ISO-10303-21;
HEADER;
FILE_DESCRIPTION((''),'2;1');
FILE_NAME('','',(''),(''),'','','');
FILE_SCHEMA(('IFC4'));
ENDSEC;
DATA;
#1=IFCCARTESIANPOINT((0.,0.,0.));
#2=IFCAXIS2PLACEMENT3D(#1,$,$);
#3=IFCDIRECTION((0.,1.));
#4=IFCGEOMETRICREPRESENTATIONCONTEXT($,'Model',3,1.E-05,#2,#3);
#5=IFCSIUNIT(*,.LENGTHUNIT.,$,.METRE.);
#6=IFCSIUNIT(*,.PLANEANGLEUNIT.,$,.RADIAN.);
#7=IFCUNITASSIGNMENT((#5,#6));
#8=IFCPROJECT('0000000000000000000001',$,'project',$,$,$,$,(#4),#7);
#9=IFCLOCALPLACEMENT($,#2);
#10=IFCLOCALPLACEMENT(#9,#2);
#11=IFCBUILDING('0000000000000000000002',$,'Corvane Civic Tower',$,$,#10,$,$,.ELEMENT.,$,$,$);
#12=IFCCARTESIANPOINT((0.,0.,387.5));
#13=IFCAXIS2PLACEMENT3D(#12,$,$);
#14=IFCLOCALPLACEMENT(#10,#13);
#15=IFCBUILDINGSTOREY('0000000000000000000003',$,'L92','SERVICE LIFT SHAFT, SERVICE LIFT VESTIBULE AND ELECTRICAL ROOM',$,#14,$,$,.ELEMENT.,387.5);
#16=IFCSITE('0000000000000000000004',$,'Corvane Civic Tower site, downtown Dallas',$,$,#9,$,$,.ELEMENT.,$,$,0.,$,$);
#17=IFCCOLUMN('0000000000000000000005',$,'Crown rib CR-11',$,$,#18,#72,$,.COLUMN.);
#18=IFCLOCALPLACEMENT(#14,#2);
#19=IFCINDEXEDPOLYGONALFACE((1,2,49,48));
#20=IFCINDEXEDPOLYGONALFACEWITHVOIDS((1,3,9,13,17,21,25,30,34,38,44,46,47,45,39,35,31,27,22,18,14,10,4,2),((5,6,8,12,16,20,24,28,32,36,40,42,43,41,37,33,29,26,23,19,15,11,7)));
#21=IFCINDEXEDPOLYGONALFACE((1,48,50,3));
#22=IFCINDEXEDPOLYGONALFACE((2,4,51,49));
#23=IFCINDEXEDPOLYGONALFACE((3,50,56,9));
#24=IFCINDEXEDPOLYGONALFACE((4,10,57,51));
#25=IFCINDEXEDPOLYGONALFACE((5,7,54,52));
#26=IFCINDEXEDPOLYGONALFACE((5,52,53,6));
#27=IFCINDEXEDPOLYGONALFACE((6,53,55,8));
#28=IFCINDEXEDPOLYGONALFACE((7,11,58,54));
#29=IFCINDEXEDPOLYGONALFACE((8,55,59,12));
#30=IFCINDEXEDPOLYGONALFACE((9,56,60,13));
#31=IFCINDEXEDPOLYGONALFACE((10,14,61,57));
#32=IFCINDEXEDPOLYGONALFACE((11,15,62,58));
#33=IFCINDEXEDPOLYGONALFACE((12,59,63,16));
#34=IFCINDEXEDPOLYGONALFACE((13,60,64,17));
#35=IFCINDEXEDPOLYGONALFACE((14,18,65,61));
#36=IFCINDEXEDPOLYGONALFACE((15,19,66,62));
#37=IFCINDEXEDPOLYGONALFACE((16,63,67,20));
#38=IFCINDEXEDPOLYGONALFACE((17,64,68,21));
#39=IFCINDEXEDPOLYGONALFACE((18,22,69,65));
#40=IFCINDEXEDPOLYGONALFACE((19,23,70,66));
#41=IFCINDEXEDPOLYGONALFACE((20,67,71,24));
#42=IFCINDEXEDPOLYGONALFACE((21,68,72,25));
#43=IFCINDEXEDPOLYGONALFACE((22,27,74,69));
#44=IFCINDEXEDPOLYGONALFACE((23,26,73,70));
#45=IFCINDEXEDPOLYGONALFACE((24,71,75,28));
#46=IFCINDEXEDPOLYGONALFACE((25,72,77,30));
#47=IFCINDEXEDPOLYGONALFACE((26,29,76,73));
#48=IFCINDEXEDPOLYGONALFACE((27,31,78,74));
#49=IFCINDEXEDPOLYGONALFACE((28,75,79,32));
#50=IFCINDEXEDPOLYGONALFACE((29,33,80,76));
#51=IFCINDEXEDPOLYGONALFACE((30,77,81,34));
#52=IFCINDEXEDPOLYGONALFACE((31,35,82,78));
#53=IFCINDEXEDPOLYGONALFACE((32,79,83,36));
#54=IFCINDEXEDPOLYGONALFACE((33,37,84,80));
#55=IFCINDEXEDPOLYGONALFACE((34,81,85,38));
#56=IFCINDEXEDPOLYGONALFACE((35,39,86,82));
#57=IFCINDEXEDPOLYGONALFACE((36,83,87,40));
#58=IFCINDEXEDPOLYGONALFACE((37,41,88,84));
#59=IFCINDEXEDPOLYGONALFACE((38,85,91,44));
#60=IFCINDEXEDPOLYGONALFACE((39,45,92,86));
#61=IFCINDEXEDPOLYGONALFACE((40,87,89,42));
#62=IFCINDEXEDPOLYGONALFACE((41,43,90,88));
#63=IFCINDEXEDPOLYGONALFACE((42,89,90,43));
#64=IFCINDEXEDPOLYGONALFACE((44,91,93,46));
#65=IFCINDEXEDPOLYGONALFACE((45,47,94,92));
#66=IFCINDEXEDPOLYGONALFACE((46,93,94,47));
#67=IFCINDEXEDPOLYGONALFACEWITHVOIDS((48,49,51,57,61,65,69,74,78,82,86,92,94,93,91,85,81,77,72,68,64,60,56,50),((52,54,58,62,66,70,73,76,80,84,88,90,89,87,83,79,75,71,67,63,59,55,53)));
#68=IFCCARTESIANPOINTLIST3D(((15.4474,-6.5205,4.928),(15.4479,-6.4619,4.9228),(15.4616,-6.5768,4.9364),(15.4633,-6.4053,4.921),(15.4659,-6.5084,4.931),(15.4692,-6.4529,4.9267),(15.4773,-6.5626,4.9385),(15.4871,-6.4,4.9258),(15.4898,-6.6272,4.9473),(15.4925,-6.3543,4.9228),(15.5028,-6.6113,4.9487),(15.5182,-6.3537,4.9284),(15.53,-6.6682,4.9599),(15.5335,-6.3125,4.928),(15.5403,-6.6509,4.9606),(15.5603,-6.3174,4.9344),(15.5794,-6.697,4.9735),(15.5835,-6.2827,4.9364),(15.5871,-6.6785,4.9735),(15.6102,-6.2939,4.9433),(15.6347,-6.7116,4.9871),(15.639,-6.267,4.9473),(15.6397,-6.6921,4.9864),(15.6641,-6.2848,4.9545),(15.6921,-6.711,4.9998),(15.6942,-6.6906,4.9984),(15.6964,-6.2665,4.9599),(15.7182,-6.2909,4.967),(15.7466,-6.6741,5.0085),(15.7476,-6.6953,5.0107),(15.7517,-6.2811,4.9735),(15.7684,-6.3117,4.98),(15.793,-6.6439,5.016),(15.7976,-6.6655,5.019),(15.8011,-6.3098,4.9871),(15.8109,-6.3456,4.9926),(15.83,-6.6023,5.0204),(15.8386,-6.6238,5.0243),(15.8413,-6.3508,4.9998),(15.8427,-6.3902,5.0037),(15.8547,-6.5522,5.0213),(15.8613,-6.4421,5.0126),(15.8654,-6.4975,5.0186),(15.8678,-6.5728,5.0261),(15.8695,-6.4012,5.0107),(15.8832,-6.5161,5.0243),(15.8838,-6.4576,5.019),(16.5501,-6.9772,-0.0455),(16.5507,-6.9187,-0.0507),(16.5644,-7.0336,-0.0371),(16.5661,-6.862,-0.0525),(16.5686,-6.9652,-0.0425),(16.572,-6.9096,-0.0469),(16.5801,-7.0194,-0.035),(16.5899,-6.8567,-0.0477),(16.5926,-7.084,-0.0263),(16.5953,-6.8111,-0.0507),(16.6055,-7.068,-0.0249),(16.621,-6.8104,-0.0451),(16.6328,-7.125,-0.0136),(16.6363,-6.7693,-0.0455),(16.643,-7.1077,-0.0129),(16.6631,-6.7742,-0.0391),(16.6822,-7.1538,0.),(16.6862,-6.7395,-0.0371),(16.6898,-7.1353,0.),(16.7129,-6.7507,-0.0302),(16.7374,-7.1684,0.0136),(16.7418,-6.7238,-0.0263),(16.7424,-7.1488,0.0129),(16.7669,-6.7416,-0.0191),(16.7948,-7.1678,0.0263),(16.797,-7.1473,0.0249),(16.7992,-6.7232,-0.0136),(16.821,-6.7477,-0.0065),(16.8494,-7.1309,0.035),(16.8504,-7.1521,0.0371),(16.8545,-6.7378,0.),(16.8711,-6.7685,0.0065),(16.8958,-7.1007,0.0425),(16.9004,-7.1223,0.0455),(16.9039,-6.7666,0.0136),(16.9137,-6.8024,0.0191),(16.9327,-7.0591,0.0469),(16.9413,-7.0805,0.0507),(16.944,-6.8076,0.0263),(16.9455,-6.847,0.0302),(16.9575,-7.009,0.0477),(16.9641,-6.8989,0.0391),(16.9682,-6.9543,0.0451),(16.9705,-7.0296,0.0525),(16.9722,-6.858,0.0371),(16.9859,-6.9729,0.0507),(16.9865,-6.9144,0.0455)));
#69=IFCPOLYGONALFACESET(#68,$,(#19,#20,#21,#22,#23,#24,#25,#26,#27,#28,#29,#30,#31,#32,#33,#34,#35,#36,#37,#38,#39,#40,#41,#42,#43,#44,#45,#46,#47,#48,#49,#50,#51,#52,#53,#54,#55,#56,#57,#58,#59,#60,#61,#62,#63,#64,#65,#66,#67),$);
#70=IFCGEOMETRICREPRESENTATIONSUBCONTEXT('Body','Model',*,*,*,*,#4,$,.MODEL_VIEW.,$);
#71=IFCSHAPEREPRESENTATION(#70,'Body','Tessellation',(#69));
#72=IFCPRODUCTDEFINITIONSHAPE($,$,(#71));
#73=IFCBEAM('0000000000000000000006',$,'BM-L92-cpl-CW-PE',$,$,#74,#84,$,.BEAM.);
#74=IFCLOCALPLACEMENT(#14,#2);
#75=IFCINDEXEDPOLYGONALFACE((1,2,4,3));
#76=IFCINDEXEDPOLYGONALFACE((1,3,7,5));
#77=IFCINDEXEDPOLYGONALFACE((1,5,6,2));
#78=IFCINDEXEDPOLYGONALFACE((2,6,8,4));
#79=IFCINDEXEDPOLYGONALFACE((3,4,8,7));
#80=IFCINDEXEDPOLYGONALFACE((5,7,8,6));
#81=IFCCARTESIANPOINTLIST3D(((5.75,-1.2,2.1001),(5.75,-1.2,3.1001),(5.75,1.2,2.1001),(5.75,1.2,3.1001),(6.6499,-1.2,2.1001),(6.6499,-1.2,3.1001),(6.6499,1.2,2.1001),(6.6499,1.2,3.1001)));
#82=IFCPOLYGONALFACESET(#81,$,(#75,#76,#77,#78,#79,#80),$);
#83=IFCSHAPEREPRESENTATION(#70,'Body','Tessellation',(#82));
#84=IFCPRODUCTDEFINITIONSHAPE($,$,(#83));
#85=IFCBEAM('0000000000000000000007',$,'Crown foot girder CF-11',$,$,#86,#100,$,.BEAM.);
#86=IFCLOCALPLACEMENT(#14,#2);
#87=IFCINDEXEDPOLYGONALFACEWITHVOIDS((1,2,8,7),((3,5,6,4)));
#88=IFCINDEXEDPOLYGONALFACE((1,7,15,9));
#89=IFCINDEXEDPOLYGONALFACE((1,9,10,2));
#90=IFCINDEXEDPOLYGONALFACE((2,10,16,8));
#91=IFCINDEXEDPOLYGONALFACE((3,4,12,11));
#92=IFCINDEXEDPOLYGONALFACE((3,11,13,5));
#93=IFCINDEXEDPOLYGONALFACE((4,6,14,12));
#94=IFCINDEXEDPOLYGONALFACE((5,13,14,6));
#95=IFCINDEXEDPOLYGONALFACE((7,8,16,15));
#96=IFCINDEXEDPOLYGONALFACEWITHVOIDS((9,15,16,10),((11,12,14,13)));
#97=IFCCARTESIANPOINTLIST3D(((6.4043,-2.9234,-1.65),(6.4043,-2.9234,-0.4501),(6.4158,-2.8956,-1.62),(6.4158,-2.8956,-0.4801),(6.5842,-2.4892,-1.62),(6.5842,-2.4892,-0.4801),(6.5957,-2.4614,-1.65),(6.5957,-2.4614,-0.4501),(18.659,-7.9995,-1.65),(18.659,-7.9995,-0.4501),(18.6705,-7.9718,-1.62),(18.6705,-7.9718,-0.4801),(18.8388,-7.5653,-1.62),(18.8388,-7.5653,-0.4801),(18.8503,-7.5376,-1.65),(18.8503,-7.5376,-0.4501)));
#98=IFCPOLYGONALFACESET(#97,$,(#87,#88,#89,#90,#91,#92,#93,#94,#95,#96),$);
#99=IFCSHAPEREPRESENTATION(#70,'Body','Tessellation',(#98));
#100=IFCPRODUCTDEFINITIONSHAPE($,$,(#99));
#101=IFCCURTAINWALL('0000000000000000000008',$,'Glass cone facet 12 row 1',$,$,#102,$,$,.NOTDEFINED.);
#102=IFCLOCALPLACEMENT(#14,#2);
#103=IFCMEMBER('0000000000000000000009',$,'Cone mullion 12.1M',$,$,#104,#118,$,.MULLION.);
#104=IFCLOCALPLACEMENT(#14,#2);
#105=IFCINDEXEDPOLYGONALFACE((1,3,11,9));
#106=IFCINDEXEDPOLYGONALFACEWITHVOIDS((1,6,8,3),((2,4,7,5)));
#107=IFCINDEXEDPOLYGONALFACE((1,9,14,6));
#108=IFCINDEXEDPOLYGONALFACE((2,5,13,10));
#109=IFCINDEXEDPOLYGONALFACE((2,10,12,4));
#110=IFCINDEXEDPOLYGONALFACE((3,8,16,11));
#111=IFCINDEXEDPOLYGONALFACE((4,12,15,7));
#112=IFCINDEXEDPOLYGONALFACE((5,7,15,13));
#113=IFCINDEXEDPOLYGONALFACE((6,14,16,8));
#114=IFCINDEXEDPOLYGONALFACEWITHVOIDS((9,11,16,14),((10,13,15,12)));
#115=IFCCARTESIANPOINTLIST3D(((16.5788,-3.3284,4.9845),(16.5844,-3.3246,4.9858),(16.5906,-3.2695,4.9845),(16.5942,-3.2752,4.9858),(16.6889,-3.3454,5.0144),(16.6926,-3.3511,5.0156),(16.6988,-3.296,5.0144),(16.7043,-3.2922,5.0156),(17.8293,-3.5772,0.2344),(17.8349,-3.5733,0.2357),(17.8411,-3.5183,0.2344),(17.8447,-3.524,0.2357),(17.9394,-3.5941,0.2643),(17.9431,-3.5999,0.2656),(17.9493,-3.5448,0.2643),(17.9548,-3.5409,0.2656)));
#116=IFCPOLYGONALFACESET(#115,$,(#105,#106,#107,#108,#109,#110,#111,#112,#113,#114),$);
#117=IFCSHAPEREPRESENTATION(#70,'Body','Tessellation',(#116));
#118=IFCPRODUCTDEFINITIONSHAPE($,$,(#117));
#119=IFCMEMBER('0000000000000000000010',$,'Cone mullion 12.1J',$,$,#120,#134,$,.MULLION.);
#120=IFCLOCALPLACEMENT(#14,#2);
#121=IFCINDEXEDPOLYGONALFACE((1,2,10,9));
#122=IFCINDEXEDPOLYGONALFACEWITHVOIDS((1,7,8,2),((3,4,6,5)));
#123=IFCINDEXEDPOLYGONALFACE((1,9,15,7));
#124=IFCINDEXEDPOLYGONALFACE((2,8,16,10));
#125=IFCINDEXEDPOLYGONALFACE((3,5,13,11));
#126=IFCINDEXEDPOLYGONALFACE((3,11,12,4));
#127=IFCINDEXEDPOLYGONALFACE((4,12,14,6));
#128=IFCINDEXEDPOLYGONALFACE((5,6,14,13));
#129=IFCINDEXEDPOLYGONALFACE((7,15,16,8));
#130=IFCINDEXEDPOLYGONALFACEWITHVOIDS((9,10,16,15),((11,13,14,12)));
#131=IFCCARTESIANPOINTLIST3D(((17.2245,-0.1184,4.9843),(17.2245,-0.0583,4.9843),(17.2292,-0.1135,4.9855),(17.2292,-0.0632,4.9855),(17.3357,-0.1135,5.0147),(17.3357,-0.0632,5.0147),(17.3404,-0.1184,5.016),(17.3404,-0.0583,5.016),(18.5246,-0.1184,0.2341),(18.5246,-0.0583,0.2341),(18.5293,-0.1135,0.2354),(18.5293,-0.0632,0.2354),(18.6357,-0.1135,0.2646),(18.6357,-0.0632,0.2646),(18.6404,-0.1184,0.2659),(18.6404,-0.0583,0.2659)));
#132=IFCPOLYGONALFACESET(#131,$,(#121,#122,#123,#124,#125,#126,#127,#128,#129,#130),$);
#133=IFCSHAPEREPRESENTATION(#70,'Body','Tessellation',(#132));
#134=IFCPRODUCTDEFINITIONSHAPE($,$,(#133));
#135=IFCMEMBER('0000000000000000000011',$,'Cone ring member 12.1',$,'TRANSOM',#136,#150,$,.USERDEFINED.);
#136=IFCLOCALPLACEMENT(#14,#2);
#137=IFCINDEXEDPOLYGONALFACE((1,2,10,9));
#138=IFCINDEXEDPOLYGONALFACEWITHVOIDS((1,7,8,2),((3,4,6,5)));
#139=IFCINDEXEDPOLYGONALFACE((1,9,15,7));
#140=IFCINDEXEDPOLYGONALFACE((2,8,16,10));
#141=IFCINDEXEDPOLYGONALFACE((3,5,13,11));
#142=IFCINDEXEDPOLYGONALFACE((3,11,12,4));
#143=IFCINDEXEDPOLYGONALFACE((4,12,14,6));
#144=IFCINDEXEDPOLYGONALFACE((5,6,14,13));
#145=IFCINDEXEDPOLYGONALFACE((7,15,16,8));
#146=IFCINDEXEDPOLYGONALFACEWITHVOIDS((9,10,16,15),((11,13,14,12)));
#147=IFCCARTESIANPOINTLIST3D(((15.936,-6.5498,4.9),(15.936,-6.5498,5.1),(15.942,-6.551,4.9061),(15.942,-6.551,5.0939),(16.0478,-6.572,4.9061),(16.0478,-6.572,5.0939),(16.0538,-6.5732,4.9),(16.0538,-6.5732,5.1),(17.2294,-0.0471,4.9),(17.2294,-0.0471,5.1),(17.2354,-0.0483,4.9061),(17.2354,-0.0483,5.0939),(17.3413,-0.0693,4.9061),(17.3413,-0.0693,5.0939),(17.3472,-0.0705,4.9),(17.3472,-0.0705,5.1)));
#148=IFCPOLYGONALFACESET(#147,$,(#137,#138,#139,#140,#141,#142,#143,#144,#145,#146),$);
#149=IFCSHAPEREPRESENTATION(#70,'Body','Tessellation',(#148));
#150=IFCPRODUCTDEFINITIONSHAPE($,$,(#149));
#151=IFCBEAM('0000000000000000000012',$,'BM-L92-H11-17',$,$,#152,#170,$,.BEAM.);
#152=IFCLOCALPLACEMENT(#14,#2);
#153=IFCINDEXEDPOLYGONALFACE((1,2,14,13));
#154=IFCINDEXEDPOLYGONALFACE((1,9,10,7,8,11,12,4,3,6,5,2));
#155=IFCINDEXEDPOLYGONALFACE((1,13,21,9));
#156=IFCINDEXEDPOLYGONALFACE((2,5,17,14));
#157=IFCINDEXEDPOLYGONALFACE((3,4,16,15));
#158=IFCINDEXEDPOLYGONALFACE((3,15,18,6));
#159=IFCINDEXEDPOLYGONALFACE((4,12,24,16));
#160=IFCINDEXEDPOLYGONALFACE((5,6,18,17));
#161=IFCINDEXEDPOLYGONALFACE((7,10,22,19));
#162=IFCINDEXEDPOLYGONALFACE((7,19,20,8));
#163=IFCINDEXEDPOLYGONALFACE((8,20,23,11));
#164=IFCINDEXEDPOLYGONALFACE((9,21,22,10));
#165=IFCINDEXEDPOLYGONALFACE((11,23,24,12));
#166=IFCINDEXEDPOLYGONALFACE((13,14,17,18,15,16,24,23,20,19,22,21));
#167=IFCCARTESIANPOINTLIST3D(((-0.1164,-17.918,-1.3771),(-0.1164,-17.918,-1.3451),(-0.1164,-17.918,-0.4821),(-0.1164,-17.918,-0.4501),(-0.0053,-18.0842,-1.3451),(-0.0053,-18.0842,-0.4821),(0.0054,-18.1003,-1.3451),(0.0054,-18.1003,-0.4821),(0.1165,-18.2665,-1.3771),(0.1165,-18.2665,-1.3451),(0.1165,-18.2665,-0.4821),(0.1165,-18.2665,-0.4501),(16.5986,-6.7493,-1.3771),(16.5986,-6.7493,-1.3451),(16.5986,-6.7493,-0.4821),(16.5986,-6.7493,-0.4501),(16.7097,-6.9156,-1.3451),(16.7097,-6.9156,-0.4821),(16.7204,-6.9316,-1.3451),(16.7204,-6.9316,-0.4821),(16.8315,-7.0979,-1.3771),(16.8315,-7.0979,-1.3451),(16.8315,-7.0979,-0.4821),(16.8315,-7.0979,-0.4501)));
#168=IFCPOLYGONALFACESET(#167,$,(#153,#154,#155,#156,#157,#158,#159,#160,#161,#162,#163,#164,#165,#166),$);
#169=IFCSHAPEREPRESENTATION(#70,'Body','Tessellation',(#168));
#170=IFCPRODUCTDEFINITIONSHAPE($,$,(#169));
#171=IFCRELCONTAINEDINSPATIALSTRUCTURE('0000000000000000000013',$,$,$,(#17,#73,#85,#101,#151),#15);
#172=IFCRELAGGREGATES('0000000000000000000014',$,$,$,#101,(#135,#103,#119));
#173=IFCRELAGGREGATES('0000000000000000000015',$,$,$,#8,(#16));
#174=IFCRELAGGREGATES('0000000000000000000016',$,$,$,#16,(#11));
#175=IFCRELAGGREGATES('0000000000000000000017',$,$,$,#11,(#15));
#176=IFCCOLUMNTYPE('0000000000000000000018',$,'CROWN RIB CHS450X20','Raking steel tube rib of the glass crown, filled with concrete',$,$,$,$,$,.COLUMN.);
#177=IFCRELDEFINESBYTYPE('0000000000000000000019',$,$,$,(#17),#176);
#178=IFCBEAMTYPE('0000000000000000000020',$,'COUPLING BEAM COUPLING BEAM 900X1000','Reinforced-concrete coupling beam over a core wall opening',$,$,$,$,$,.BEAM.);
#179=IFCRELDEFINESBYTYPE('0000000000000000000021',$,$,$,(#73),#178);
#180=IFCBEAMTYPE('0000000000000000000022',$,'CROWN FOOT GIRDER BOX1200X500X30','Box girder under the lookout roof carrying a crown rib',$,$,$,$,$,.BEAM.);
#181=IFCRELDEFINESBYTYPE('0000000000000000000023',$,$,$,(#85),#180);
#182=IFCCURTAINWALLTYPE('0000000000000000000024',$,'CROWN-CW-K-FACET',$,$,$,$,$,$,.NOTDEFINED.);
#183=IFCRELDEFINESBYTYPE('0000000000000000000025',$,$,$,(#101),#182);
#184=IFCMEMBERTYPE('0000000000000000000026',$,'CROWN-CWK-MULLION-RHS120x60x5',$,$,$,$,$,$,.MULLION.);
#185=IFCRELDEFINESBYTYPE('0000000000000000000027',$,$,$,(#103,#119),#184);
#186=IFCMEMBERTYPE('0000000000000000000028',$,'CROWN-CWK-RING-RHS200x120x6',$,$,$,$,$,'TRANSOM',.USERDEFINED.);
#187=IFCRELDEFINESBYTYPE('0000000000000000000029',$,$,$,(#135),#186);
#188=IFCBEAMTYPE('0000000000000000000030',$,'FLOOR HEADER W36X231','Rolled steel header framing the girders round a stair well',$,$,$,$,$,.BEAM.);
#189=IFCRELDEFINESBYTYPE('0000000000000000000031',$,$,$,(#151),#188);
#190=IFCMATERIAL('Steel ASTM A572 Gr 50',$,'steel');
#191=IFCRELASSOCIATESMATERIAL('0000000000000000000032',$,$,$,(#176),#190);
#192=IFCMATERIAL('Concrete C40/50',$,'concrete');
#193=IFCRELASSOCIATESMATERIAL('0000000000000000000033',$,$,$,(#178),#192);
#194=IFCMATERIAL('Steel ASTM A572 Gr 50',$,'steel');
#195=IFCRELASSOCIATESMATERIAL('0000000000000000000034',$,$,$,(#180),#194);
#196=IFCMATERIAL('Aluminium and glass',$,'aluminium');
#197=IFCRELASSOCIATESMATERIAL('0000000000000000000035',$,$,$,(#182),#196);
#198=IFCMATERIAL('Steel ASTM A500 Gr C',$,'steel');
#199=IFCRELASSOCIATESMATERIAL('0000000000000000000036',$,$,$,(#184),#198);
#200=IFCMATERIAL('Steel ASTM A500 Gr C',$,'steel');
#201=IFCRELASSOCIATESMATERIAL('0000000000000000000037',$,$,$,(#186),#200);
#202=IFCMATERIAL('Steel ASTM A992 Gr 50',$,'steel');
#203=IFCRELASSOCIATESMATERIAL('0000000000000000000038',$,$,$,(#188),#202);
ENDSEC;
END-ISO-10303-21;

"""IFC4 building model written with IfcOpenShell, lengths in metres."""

from ifc_helpers import new_model, si_unit, direction, frame, origin, origin_2d, place, context, subcontext, project, spatial, rectangle, hollow_rectangle, hollow_circle, i_section, extrude, material, material_profile, profile_set, type_object, element, aggregate, save


model = new_model("IFC4")

# Units and contexts
model_context = context("Model", 3, precision=1e-05, world=origin(), true_north=direction((0.0, 1.0)))
body_context = subcontext(model_context, "Body", "Model", "MODEL_VIEW")
ifc_project = project(units=[si_unit("LENGTHUNIT", "METRE"), si_unit("PLANEANGLEUNIT", "RADIAN")], contexts=[model_context])

# Site, building, storey
site_placement = place(None, origin())
site = spatial("IfcSite", under=ifc_project, at=site_placement, Name="Corvane Civic Tower site, downtown Dallas", CompositionType="ELEMENT", RefElevation=0.0)
building_placement = place(site_placement, origin())
building = spatial("IfcBuilding", under=site, at=building_placement, Name="Corvane Civic Tower", CompositionType="ELEMENT")
storey_placement = place(building_placement, frame((0.0, 0.0, 387.5)))
storey = spatial("IfcBuildingStorey", under=building, at=storey_placement, Name="L92", Description="SERVICE LIFT SHAFT, SERVICE LIFT VESTIBULE AND ELECTRICAL ROOM", CompositionType="ELEMENT", Elevation=387.5)

# Column
ifc_material_1 = material(Name="Steel ASTM A572 Gr 50", Category="steel")
ifc_material_profile_1 = material_profile(ifc_material_1, hollow_circle(Radius=0.2251, WallThickness=0.02, at=origin_2d()), Name="CHS450X20")
ifc_profile_set_1 = profile_set([ifc_material_profile_1], Name="Steel ASTM A572 Gr 50")
column_type = type_object("IfcColumnType", Name="CROWN RIB CHS450X20", Description="Raking steel tube rib of the glass crown, filled with concrete", PredefinedType="COLUMN", material=ifc_profile_set_1)
column_placement = place(storey_placement, frame((16.7683, -6.9458, 0.0), z_axis=(-0.215604, 0.089306, 0.972389), x_axis=(-0.382683, -0.92388, 0.0)))
element("IfcColumn", 1, at=column_placement, inside=storey, type_object=column_type, Name="Crown rib CR-11", PredefinedType="COLUMN", context=body_context, shape_type="SweptSolid", body=[
    extrude(hollow_circle(Radius=0.2251, WallThickness=0.02, at=origin_2d()), origin(), (0.0, 0.0, 1.0), 5.1147),
])

# Beams
ifc_material_2 = material(Name="Concrete C40/50", Category="concrete")
ifc_material_profile_2 = material_profile(ifc_material_2, rectangle(XDim=0.8999, YDim=1.0, at=origin_2d()), Name="COUPLING BEAM 900X1000")
ifc_profile_set_2 = profile_set([ifc_material_profile_2], Name="Concrete C40/50")
beam_type_1 = type_object("IfcBeamType", Name="COUPLING BEAM COUPLING BEAM 900X1000", Description="Reinforced-concrete coupling beam over a core wall opening", PredefinedType="BEAM", material=ifc_profile_set_2)
beam_1_placement = place(storey_placement, frame((6.2, -1.2, 2.6001), z_axis=(0.0, 1.0, 0.0), x_axis=(-1.0, 0.0, 0.0)))
element("IfcBeam", 2, at=beam_1_placement, inside=storey, type_object=beam_type_1, Name="BM-L92-cpl-CW-PE", PredefinedType="BEAM", context=body_context, shape_type="SweptSolid", body=[
    extrude(rectangle(XDim=0.8999, YDim=1.0, at=origin_2d()), origin(), (0.0, 0.0, 1.0), 2.3999),
])
ifc_material_3 = material(Name="Steel ASTM A572 Gr 50", Category="steel")
ifc_material_profile_3 = material_profile(ifc_material_3, hollow_rectangle(XDim=0.5, YDim=1.2, WallThickness=0.03, at=origin_2d()), Name="BOX1200X500X30")
ifc_profile_set_3 = profile_set([ifc_material_profile_3], Name="Steel ASTM A572 Gr 50")
beam_type_2 = type_object("IfcBeamType", Name="CROWN FOOT GIRDER BOX1200X500X30", Description="Box girder under the lookout roof carrying a crown rib", PredefinedType="BEAM", material=ifc_profile_set_3)
beam_2_placement = place(storey_placement, frame((6.5, -2.6924, -1.05), z_axis=(0.923876, -0.382692, 0.0), x_axis=(0.382692, 0.923876, 0.0)))
element("IfcBeam", 3, at=beam_2_placement, inside=storey, type_object=beam_type_2, Name="Crown foot girder CF-11", PredefinedType="BEAM", context=body_context, shape_type="SweptSolid", body=[
    extrude(hollow_rectangle(XDim=0.5, YDim=1.2, WallThickness=0.03, at=origin_2d()), origin(), (0.0, 0.0, 1.0), 13.2644),
])

# Curtain wall, members
ifc_material_4 = material(Name="Aluminium and glass", Category="aluminium")
curtain_wall_type = type_object("IfcCurtainWallType", Name="CROWN-CW-K-FACET", PredefinedType="NOTDEFINED", material=ifc_material_4)
curtain_wall_placement = place(storey_placement, origin())
curtain_wall = element("IfcCurtainWall", 4, at=curtain_wall_placement, inside=storey, type_object=curtain_wall_type, Name="Glass cone facet 12 row 1", PredefinedType="NOTDEFINED")
ifc_material_5 = material(Name="Steel ASTM A500 Gr C", Category="steel")
ifc_material_profile_4 = material_profile(ifc_material_5, hollow_rectangle(XDim=0.0601, YDim=0.1201, WallThickness=0.0049, at=origin_2d()), Name="RHS 120x60x5")
ifc_profile_set_4 = profile_set([ifc_material_profile_4], Name="Steel ASTM A500 Gr C")
member_type_1 = type_object("IfcMemberType", Name="CROWN-CWK-MULLION-RHS120x60x5", PredefinedType="MULLION", material=ifc_profile_set_4)
member_1_placement = place(storey_placement, frame((17.8921, -3.5591, 0.25), z_axis=(-0.25426, 0.050584, 0.965812), x_axis=(-0.195122, -0.980779, 0.0)))
member_1 = element("IfcMember", 5, at=member_1_placement, type_object=member_type_1, Name="Cone mullion 12.1M", PredefinedType="MULLION", context=body_context, shape_type="SweptSolid", body=[
    extrude(hollow_rectangle(XDim=0.0601, YDim=0.1201, WallThickness=0.0049, at=origin_2d()), origin(), (0.0, 0.0, 1.0), 4.9182),
])
member_2_placement = place(storey_placement, frame((18.5825, -0.0884, 0.25), z_axis=(-0.263986, 0.0, 0.964527), x_axis=(0.0, -1.0, 0.0)))
member_2 = element("IfcMember", 6, at=member_2_placement, type_object=member_type_1, Name="Cone mullion 12.1J", PredefinedType="MULLION", context=body_context, shape_type="SweptSolid", body=[
    extrude(hollow_rectangle(XDim=0.0601, YDim=0.1201, WallThickness=0.0049, at=origin_2d()), origin(), (0.0, 0.0, 1.0), 4.9248),
])
ifc_material_6 = material(Name="Steel ASTM A500 Gr C", Category="steel")
ifc_material_profile_5 = material_profile(ifc_material_6, hollow_rectangle(XDim=0.1201, YDim=0.2, WallThickness=0.0061, at=origin_2d()), Name="RHS 200x120x6")
ifc_profile_set_5 = profile_set([ifc_material_profile_5], Name="Steel ASTM A500 Gr C")
member_type_2 = type_object("IfcMemberType", Name="CROWN-CWK-RING-RHS200x120x6", ElementType="TRANSOM", PredefinedType="USERDEFINED", material=ifc_profile_set_5)
member_3_placement = place(storey_placement, frame((15.9949, -6.5615, 5.0), z_axis=(0.195089, 0.980785, 0.0), x_axis=(-0.980785, 0.195089, 0.0)))
member_3 = element("IfcMember", 7, at=member_3_placement, type_object=member_type_2, Name="Cone ring member 12.1", ObjectType="TRANSOM", PredefinedType="USERDEFINED", context=body_context, shape_type="SweptSolid", body=[
    extrude(hollow_rectangle(XDim=0.1201, YDim=0.2, WallThickness=0.0061, at=origin_2d()), origin(), (0.0, 0.0, 1.0), 6.6301),
])

# Beam
ifc_material_7 = material(Name="Steel ASTM A992 Gr 50", Category="steel")
ifc_material_profile_6 = material_profile(ifc_material_7, i_section(OverallWidth=0.4192, OverallDepth=0.927, WebThickness=0.0193, FlangeThickness=0.032, at=origin_2d()), Name="W36X231")
ifc_profile_set_6 = profile_set([ifc_material_profile_6], Name="Steel ASTM A992 Gr 50")
beam_type_3 = type_object("IfcBeamType", Name="FLOOR HEADER W36X231", Description="Rolled steel header framing the girders round a stair well", PredefinedType="BEAM", material=ifc_profile_set_6)
beam_3_placement = place(storey_placement, frame((16.7151, -6.9236, -0.9136), z_axis=(-0.831469, -0.555571, 0.0), x_axis=(0.555571, -0.831469, 0.0)))
element("IfcBeam", 8, at=beam_3_placement, inside=storey, type_object=beam_type_3, Name="BM-L92-H11-17", PredefinedType="BEAM", context=body_context, shape_type="SweptSolid", body=[
    extrude(i_section(OverallWidth=0.4192, OverallDepth=0.927, WebThickness=0.0193, FlangeThickness=0.032, at=origin_2d()), origin(), (0.0, 0.0, 1.0), 20.103),
])

aggregate(curtain_wall, [member_3, member_1, member_2])

save(model, "model.ifc")
